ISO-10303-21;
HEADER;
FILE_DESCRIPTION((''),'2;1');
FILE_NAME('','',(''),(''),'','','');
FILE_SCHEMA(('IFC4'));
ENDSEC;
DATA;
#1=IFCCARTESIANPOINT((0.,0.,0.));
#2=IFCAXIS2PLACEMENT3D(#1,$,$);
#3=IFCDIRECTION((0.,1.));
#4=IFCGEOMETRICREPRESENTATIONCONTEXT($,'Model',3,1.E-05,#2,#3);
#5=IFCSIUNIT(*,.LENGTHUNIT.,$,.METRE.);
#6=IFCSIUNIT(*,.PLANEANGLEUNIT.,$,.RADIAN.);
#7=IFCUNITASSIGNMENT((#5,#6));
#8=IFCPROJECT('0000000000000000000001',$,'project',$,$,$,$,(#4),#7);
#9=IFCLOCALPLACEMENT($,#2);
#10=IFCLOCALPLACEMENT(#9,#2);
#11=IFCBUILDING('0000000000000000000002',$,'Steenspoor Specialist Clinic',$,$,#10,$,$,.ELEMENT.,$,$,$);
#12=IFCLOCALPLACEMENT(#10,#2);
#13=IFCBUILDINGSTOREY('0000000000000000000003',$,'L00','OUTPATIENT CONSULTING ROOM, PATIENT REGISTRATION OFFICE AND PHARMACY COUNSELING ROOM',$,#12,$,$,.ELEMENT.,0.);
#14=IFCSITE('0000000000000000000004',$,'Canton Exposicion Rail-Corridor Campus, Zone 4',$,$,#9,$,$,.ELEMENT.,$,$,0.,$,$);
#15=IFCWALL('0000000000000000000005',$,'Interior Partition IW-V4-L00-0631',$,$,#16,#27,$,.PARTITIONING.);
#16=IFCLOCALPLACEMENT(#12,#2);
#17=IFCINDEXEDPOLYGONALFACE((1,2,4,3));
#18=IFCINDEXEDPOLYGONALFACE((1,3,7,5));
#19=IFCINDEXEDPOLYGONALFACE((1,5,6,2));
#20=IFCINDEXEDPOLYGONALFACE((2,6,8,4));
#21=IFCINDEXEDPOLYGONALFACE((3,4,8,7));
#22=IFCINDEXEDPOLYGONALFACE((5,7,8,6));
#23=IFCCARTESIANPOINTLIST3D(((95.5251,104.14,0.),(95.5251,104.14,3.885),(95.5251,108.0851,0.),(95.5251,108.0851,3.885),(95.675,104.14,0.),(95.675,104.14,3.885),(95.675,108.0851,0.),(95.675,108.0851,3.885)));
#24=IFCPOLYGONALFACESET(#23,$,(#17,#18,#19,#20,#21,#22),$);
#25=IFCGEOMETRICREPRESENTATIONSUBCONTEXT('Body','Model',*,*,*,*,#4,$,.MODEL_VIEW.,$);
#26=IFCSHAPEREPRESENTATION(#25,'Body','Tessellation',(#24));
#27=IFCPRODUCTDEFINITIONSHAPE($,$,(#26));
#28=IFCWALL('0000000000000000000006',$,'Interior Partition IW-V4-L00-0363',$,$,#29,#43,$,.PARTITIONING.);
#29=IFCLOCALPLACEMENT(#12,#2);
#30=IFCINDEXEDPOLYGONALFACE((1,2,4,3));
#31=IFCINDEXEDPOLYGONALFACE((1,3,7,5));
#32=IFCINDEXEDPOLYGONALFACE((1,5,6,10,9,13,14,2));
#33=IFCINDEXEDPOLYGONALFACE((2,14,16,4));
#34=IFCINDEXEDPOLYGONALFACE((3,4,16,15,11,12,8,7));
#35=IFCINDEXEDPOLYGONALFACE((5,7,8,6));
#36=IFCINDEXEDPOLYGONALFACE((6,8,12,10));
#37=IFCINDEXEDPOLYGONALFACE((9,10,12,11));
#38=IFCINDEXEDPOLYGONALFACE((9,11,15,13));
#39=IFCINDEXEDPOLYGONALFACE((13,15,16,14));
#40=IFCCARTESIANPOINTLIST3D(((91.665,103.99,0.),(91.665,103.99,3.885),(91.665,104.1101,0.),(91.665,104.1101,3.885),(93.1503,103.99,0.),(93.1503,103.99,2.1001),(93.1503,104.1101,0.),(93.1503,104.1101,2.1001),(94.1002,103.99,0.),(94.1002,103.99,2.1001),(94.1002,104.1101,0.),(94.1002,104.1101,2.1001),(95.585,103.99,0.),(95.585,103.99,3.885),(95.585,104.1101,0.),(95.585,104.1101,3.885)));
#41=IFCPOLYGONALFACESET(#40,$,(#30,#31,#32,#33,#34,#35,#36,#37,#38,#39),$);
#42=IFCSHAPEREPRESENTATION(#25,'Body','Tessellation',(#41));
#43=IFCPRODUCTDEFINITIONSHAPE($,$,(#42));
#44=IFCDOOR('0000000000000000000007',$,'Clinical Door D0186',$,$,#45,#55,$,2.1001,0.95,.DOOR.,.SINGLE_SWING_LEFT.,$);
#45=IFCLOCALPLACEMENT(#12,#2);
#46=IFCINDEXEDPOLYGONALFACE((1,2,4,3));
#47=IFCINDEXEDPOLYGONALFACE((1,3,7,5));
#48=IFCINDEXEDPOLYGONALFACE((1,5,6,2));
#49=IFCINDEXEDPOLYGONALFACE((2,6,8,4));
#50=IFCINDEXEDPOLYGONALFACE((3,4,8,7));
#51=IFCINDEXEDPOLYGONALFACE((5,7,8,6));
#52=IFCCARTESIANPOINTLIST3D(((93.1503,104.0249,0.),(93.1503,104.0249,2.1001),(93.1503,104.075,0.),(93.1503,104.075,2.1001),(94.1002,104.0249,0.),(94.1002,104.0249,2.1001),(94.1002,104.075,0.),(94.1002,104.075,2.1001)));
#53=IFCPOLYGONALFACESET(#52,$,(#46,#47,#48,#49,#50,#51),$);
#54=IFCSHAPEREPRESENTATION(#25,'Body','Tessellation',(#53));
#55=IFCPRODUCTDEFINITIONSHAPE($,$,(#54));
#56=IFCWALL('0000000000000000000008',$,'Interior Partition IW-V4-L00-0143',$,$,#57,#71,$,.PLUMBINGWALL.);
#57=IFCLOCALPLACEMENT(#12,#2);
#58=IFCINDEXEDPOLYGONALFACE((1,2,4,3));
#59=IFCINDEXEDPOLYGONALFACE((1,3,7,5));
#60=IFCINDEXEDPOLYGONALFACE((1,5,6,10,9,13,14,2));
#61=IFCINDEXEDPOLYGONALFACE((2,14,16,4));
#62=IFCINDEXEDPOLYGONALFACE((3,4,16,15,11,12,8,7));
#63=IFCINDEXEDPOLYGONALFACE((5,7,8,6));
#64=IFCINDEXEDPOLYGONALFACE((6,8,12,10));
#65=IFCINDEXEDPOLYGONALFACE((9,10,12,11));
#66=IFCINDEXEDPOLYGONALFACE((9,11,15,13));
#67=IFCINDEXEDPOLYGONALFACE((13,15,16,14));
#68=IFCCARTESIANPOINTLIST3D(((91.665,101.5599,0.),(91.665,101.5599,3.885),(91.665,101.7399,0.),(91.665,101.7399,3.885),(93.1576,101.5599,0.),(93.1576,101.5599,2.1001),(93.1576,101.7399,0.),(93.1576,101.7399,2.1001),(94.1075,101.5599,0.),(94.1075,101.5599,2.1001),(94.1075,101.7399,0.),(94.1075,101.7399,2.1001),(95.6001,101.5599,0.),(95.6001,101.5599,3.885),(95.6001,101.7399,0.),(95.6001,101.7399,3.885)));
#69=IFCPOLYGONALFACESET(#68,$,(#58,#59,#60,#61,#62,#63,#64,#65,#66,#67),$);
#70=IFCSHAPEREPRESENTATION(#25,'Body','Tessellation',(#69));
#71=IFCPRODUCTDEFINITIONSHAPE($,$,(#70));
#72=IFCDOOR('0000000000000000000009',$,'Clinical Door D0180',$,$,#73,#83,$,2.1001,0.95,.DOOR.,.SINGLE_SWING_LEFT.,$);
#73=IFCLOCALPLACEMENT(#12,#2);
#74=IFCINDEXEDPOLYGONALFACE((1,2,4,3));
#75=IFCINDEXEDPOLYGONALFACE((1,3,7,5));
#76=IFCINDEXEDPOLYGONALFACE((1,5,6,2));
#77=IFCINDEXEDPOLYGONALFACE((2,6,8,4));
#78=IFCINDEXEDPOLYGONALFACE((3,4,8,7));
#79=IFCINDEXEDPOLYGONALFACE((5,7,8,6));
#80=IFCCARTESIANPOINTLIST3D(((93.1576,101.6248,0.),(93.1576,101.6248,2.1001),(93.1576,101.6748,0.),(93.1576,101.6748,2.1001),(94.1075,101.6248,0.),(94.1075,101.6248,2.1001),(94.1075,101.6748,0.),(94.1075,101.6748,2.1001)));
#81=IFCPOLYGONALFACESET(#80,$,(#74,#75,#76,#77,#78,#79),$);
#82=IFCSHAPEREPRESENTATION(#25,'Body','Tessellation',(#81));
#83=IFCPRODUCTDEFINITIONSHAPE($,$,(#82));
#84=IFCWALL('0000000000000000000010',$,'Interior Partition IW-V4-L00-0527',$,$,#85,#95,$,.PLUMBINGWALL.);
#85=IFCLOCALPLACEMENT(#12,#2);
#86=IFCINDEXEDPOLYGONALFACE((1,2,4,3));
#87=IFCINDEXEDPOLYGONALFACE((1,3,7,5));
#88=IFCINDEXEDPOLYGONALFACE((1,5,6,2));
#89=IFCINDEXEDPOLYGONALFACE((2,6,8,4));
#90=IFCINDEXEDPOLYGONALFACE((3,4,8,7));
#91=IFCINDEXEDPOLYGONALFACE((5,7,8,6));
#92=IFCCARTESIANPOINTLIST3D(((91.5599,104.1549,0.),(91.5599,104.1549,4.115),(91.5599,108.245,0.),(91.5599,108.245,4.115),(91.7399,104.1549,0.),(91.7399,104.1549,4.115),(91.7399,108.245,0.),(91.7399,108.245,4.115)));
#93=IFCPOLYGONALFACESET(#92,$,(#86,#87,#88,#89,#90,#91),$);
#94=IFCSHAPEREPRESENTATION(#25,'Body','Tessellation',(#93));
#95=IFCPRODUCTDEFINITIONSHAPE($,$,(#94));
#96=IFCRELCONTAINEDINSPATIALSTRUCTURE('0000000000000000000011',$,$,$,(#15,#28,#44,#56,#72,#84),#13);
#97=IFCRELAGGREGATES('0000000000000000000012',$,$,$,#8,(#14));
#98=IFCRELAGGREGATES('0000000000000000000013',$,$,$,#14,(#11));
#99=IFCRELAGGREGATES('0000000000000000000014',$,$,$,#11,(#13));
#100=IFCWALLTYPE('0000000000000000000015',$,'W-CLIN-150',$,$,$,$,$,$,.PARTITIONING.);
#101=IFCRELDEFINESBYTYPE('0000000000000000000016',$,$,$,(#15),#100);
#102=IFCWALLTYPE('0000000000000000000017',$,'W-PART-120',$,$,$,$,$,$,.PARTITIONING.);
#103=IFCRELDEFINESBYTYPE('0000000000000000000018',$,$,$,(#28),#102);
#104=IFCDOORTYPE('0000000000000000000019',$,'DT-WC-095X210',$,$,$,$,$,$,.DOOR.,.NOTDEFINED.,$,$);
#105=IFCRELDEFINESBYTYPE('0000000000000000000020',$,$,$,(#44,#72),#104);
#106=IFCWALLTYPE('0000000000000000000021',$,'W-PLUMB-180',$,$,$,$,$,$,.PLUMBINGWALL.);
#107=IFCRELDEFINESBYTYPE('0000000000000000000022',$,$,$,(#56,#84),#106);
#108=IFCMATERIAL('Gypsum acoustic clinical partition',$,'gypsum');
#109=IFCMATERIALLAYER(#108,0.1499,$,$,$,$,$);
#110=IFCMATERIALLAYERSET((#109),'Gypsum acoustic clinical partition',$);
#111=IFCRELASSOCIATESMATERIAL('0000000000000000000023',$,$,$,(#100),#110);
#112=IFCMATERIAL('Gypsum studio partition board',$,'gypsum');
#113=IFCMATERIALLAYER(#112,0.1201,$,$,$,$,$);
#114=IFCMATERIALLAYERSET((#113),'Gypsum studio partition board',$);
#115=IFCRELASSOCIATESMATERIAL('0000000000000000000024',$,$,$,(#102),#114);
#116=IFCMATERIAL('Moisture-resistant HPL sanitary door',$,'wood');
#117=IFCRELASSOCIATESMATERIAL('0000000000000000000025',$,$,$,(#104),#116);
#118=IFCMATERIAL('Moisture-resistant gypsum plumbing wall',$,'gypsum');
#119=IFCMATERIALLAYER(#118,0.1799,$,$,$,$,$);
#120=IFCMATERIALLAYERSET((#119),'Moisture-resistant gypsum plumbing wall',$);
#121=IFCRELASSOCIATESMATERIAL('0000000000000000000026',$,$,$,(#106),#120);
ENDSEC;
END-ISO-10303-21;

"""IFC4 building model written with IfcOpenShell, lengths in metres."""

from ifc_helpers import new_model, si_unit, direction, frame, frame_2d, origin, place, context, subcontext, project, spatial, rectangle, extrude, material, layer, layer_set, type_object, element, fill, save


model = new_model("IFC4")

# Units and contexts
model_context = context("Model", 3, precision=1e-05, world=origin(), true_north=direction((0.0, 1.0)))
body_context = subcontext(model_context, "Body", "Model", "MODEL_VIEW")
ifc_project = project(units=[si_unit("LENGTHUNIT", "METRE"), si_unit("PLANEANGLEUNIT", "RADIAN")], contexts=[model_context])

# Site, building, storey
site_placement = place(None, origin())
site = spatial("IfcSite", under=ifc_project, at=site_placement, Name="Canton Exposicion Rail-Corridor Campus, Zone 4", CompositionType="ELEMENT", RefElevation=0.0)
building_placement = place(site_placement, origin())
building = spatial("IfcBuilding", under=site, at=building_placement, Name="Steenspoor Specialist Clinic", CompositionType="ELEMENT")
storey_placement = place(building_placement, origin())
storey = spatial("IfcBuildingStorey", under=building, at=storey_placement, Name="L00", Description="OUTPATIENT CONSULTING ROOM, PATIENT REGISTRATION OFFICE AND PHARMACY COUNSELING ROOM", CompositionType="ELEMENT", Elevation=0.0)

# Wall
ifc_material_1 = material(Name="Gypsum acoustic clinical partition", Category="gypsum")
ifc_layer_1 = layer(ifc_material_1, 0.1499)
ifc_layer_set_1 = layer_set([ifc_layer_1], Name="Gypsum acoustic clinical partition")
wall_type_1 = type_object("IfcWallType", Name="W-CLIN-150", PredefinedType="PARTITIONING", material=ifc_layer_set_1)
wall_1_placement = place(storey_placement, frame((95.6001, 104.1399, 0.0), z_axis=(0.0, 0.0, 1.0), x_axis=(0.0, 1.0, 0.0)))
element("IfcWall", 1, at=wall_1_placement, inside=storey, type_object=wall_type_1, Name="Interior Partition IW-V4-L00-0631", PredefinedType="PARTITIONING", context=body_context, shape_type="SweptSolid", body=[
    extrude(rectangle(XDim=3.9451, YDim=0.1499, at=frame_2d((1.9727, 0.0))), origin(), (0.0, 0.0, 1.0), 3.885),
])

# Walls, openings, doors
ifc_material_2 = material(Name="Gypsum studio partition board", Category="gypsum")
ifc_layer_2 = layer(ifc_material_2, 0.1201)
ifc_layer_set_2 = layer_set([ifc_layer_2], Name="Gypsum studio partition board")
wall_type_2 = type_object("IfcWallType", Name="W-PART-120", PredefinedType="PARTITIONING", material=ifc_layer_set_2)
wall_2_placement = place(storey_placement, frame((91.665, 104.05, 0.0), z_axis=(0.0, 0.0, 1.0), x_axis=(1.0, 0.0, 0.0)))
wall_2 = element("IfcWall", 2, at=wall_2_placement, inside=storey, type_object=wall_type_2, Name="Interior Partition IW-V4-L00-0363", PredefinedType="PARTITIONING", context=body_context, shape_type="SweptSolid", body=[
    extrude(rectangle(XDim=3.9199, YDim=0.1201, at=frame_2d((1.96, 0.0))), origin(), (0.0, 0.0, 1.0), 3.885),
])
opening_1_placement = place(wall_2_placement, frame((1.4851, 0.0, 0.0)))
opening_1 = element("IfcOpeningElement", 3, at=opening_1_placement, cuts=wall_2, PredefinedType="OPENING", context=body_context, shape_type="SweptSolid", body=[
    extrude(rectangle(XDim=0.95, YDim=2.1001, at=frame_2d((0.4751, 1.05))), frame((0.0, 0.0701, 0.0), z_axis=(0.0, -1.0, 0.0), x_axis=(1.0, 0.0, 0.0)), (0.0, 0.0, 1.0), 0.1401),
])
ifc_material_3 = material(Name="Moisture-resistant HPL sanitary door", Category="wood")
door_type = type_object("IfcDoorType", Name="DT-WC-095X210", OperationType="NOTDEFINED", PredefinedType="DOOR", material=ifc_material_3)
door_1_placement = place(opening_1_placement, origin())
door_1 = element("IfcDoor", 4, at=door_1_placement, inside=storey, type_object=door_type, Name="Clinical Door D0186", OperationType="SINGLE_SWING_LEFT", OverallHeight=2.1001, OverallWidth=0.95, PredefinedType="DOOR", context=body_context, shape_type="SweptSolid", body=[
    extrude(rectangle(XDim=0.95, YDim=2.1001, at=frame_2d((0.4751, 1.05))), frame((0.0, 0.0249, 0.0), z_axis=(0.0, -1.0, 0.0), x_axis=(1.0, 0.0, 0.0)), (0.0, 0.0, 1.0), 0.05),
])
fill(opening_1, door_1)
ifc_material_4 = material(Name="Moisture-resistant gypsum plumbing wall", Category="gypsum")
ifc_layer_3 = layer(ifc_material_4, 0.1799)
ifc_layer_set_3 = layer_set([ifc_layer_3], Name="Moisture-resistant gypsum plumbing wall")
wall_type_3 = type_object("IfcWallType", Name="W-PLUMB-180", PredefinedType="PLUMBINGWALL", material=ifc_layer_set_3)
wall_3_placement = place(storey_placement, frame((91.665, 101.6499, 0.0), z_axis=(0.0, 0.0, 1.0), x_axis=(1.0, 0.0, 0.0)))
wall_3 = element("IfcWall", 5, at=wall_3_placement, inside=storey, type_object=wall_type_3, Name="Interior Partition IW-V4-L00-0143", PredefinedType="PLUMBINGWALL", context=body_context, shape_type="SweptSolid", body=[
    extrude(rectangle(XDim=3.9351, YDim=0.1799, at=frame_2d((1.9675, 0.0))), origin(), (0.0, 0.0, 1.0), 3.885),
])
opening_2_placement = place(wall_3_placement, frame((1.4924, 0.0, 0.0)))
opening_2 = element("IfcOpeningElement", 6, at=opening_2_placement, cuts=wall_3, PredefinedType="OPENING", context=body_context, shape_type="SweptSolid", body=[
    extrude(rectangle(XDim=0.95, YDim=2.1001, at=frame_2d((0.4751, 1.05))), frame((0.0, 0.1001, 0.0), z_axis=(0.0, -1.0, 0.0), x_axis=(1.0, 0.0, 0.0)), (0.0, 0.0, 1.0), 0.2),
])
door_2_placement = place(opening_2_placement, origin())
door_2 = element("IfcDoor", 7, at=door_2_placement, inside=storey, type_object=door_type, Name="Clinical Door D0180", OperationType="SINGLE_SWING_LEFT", OverallHeight=2.1001, OverallWidth=0.95, PredefinedType="DOOR", context=body_context, shape_type="SweptSolid", body=[
    extrude(rectangle(XDim=0.95, YDim=2.1001, at=frame_2d((0.4751, 1.05))), frame((0.0, 0.0249, 0.0), z_axis=(0.0, -1.0, 0.0), x_axis=(1.0, 0.0, 0.0)), (0.0, 0.0, 1.0), 0.05),
])
fill(opening_2, door_2)

# Wall
wall_4_placement = place(storey_placement, frame((91.6499, 104.155, 0.0), z_axis=(0.0, 0.0, 1.0), x_axis=(0.0, 1.0, 0.0)))
element("IfcWall", 8, at=wall_4_placement, inside=storey, type_object=wall_type_3, Name="Interior Partition IW-V4-L00-0527", PredefinedType="PLUMBINGWALL", context=body_context, shape_type="SweptSolid", body=[
    extrude(rectangle(XDim=4.0901, YDim=0.1799, at=frame_2d((2.0449, 0.0))), origin(), (0.0, 0.0, 1.0), 4.115),
])

save(model, "model.ifc")
